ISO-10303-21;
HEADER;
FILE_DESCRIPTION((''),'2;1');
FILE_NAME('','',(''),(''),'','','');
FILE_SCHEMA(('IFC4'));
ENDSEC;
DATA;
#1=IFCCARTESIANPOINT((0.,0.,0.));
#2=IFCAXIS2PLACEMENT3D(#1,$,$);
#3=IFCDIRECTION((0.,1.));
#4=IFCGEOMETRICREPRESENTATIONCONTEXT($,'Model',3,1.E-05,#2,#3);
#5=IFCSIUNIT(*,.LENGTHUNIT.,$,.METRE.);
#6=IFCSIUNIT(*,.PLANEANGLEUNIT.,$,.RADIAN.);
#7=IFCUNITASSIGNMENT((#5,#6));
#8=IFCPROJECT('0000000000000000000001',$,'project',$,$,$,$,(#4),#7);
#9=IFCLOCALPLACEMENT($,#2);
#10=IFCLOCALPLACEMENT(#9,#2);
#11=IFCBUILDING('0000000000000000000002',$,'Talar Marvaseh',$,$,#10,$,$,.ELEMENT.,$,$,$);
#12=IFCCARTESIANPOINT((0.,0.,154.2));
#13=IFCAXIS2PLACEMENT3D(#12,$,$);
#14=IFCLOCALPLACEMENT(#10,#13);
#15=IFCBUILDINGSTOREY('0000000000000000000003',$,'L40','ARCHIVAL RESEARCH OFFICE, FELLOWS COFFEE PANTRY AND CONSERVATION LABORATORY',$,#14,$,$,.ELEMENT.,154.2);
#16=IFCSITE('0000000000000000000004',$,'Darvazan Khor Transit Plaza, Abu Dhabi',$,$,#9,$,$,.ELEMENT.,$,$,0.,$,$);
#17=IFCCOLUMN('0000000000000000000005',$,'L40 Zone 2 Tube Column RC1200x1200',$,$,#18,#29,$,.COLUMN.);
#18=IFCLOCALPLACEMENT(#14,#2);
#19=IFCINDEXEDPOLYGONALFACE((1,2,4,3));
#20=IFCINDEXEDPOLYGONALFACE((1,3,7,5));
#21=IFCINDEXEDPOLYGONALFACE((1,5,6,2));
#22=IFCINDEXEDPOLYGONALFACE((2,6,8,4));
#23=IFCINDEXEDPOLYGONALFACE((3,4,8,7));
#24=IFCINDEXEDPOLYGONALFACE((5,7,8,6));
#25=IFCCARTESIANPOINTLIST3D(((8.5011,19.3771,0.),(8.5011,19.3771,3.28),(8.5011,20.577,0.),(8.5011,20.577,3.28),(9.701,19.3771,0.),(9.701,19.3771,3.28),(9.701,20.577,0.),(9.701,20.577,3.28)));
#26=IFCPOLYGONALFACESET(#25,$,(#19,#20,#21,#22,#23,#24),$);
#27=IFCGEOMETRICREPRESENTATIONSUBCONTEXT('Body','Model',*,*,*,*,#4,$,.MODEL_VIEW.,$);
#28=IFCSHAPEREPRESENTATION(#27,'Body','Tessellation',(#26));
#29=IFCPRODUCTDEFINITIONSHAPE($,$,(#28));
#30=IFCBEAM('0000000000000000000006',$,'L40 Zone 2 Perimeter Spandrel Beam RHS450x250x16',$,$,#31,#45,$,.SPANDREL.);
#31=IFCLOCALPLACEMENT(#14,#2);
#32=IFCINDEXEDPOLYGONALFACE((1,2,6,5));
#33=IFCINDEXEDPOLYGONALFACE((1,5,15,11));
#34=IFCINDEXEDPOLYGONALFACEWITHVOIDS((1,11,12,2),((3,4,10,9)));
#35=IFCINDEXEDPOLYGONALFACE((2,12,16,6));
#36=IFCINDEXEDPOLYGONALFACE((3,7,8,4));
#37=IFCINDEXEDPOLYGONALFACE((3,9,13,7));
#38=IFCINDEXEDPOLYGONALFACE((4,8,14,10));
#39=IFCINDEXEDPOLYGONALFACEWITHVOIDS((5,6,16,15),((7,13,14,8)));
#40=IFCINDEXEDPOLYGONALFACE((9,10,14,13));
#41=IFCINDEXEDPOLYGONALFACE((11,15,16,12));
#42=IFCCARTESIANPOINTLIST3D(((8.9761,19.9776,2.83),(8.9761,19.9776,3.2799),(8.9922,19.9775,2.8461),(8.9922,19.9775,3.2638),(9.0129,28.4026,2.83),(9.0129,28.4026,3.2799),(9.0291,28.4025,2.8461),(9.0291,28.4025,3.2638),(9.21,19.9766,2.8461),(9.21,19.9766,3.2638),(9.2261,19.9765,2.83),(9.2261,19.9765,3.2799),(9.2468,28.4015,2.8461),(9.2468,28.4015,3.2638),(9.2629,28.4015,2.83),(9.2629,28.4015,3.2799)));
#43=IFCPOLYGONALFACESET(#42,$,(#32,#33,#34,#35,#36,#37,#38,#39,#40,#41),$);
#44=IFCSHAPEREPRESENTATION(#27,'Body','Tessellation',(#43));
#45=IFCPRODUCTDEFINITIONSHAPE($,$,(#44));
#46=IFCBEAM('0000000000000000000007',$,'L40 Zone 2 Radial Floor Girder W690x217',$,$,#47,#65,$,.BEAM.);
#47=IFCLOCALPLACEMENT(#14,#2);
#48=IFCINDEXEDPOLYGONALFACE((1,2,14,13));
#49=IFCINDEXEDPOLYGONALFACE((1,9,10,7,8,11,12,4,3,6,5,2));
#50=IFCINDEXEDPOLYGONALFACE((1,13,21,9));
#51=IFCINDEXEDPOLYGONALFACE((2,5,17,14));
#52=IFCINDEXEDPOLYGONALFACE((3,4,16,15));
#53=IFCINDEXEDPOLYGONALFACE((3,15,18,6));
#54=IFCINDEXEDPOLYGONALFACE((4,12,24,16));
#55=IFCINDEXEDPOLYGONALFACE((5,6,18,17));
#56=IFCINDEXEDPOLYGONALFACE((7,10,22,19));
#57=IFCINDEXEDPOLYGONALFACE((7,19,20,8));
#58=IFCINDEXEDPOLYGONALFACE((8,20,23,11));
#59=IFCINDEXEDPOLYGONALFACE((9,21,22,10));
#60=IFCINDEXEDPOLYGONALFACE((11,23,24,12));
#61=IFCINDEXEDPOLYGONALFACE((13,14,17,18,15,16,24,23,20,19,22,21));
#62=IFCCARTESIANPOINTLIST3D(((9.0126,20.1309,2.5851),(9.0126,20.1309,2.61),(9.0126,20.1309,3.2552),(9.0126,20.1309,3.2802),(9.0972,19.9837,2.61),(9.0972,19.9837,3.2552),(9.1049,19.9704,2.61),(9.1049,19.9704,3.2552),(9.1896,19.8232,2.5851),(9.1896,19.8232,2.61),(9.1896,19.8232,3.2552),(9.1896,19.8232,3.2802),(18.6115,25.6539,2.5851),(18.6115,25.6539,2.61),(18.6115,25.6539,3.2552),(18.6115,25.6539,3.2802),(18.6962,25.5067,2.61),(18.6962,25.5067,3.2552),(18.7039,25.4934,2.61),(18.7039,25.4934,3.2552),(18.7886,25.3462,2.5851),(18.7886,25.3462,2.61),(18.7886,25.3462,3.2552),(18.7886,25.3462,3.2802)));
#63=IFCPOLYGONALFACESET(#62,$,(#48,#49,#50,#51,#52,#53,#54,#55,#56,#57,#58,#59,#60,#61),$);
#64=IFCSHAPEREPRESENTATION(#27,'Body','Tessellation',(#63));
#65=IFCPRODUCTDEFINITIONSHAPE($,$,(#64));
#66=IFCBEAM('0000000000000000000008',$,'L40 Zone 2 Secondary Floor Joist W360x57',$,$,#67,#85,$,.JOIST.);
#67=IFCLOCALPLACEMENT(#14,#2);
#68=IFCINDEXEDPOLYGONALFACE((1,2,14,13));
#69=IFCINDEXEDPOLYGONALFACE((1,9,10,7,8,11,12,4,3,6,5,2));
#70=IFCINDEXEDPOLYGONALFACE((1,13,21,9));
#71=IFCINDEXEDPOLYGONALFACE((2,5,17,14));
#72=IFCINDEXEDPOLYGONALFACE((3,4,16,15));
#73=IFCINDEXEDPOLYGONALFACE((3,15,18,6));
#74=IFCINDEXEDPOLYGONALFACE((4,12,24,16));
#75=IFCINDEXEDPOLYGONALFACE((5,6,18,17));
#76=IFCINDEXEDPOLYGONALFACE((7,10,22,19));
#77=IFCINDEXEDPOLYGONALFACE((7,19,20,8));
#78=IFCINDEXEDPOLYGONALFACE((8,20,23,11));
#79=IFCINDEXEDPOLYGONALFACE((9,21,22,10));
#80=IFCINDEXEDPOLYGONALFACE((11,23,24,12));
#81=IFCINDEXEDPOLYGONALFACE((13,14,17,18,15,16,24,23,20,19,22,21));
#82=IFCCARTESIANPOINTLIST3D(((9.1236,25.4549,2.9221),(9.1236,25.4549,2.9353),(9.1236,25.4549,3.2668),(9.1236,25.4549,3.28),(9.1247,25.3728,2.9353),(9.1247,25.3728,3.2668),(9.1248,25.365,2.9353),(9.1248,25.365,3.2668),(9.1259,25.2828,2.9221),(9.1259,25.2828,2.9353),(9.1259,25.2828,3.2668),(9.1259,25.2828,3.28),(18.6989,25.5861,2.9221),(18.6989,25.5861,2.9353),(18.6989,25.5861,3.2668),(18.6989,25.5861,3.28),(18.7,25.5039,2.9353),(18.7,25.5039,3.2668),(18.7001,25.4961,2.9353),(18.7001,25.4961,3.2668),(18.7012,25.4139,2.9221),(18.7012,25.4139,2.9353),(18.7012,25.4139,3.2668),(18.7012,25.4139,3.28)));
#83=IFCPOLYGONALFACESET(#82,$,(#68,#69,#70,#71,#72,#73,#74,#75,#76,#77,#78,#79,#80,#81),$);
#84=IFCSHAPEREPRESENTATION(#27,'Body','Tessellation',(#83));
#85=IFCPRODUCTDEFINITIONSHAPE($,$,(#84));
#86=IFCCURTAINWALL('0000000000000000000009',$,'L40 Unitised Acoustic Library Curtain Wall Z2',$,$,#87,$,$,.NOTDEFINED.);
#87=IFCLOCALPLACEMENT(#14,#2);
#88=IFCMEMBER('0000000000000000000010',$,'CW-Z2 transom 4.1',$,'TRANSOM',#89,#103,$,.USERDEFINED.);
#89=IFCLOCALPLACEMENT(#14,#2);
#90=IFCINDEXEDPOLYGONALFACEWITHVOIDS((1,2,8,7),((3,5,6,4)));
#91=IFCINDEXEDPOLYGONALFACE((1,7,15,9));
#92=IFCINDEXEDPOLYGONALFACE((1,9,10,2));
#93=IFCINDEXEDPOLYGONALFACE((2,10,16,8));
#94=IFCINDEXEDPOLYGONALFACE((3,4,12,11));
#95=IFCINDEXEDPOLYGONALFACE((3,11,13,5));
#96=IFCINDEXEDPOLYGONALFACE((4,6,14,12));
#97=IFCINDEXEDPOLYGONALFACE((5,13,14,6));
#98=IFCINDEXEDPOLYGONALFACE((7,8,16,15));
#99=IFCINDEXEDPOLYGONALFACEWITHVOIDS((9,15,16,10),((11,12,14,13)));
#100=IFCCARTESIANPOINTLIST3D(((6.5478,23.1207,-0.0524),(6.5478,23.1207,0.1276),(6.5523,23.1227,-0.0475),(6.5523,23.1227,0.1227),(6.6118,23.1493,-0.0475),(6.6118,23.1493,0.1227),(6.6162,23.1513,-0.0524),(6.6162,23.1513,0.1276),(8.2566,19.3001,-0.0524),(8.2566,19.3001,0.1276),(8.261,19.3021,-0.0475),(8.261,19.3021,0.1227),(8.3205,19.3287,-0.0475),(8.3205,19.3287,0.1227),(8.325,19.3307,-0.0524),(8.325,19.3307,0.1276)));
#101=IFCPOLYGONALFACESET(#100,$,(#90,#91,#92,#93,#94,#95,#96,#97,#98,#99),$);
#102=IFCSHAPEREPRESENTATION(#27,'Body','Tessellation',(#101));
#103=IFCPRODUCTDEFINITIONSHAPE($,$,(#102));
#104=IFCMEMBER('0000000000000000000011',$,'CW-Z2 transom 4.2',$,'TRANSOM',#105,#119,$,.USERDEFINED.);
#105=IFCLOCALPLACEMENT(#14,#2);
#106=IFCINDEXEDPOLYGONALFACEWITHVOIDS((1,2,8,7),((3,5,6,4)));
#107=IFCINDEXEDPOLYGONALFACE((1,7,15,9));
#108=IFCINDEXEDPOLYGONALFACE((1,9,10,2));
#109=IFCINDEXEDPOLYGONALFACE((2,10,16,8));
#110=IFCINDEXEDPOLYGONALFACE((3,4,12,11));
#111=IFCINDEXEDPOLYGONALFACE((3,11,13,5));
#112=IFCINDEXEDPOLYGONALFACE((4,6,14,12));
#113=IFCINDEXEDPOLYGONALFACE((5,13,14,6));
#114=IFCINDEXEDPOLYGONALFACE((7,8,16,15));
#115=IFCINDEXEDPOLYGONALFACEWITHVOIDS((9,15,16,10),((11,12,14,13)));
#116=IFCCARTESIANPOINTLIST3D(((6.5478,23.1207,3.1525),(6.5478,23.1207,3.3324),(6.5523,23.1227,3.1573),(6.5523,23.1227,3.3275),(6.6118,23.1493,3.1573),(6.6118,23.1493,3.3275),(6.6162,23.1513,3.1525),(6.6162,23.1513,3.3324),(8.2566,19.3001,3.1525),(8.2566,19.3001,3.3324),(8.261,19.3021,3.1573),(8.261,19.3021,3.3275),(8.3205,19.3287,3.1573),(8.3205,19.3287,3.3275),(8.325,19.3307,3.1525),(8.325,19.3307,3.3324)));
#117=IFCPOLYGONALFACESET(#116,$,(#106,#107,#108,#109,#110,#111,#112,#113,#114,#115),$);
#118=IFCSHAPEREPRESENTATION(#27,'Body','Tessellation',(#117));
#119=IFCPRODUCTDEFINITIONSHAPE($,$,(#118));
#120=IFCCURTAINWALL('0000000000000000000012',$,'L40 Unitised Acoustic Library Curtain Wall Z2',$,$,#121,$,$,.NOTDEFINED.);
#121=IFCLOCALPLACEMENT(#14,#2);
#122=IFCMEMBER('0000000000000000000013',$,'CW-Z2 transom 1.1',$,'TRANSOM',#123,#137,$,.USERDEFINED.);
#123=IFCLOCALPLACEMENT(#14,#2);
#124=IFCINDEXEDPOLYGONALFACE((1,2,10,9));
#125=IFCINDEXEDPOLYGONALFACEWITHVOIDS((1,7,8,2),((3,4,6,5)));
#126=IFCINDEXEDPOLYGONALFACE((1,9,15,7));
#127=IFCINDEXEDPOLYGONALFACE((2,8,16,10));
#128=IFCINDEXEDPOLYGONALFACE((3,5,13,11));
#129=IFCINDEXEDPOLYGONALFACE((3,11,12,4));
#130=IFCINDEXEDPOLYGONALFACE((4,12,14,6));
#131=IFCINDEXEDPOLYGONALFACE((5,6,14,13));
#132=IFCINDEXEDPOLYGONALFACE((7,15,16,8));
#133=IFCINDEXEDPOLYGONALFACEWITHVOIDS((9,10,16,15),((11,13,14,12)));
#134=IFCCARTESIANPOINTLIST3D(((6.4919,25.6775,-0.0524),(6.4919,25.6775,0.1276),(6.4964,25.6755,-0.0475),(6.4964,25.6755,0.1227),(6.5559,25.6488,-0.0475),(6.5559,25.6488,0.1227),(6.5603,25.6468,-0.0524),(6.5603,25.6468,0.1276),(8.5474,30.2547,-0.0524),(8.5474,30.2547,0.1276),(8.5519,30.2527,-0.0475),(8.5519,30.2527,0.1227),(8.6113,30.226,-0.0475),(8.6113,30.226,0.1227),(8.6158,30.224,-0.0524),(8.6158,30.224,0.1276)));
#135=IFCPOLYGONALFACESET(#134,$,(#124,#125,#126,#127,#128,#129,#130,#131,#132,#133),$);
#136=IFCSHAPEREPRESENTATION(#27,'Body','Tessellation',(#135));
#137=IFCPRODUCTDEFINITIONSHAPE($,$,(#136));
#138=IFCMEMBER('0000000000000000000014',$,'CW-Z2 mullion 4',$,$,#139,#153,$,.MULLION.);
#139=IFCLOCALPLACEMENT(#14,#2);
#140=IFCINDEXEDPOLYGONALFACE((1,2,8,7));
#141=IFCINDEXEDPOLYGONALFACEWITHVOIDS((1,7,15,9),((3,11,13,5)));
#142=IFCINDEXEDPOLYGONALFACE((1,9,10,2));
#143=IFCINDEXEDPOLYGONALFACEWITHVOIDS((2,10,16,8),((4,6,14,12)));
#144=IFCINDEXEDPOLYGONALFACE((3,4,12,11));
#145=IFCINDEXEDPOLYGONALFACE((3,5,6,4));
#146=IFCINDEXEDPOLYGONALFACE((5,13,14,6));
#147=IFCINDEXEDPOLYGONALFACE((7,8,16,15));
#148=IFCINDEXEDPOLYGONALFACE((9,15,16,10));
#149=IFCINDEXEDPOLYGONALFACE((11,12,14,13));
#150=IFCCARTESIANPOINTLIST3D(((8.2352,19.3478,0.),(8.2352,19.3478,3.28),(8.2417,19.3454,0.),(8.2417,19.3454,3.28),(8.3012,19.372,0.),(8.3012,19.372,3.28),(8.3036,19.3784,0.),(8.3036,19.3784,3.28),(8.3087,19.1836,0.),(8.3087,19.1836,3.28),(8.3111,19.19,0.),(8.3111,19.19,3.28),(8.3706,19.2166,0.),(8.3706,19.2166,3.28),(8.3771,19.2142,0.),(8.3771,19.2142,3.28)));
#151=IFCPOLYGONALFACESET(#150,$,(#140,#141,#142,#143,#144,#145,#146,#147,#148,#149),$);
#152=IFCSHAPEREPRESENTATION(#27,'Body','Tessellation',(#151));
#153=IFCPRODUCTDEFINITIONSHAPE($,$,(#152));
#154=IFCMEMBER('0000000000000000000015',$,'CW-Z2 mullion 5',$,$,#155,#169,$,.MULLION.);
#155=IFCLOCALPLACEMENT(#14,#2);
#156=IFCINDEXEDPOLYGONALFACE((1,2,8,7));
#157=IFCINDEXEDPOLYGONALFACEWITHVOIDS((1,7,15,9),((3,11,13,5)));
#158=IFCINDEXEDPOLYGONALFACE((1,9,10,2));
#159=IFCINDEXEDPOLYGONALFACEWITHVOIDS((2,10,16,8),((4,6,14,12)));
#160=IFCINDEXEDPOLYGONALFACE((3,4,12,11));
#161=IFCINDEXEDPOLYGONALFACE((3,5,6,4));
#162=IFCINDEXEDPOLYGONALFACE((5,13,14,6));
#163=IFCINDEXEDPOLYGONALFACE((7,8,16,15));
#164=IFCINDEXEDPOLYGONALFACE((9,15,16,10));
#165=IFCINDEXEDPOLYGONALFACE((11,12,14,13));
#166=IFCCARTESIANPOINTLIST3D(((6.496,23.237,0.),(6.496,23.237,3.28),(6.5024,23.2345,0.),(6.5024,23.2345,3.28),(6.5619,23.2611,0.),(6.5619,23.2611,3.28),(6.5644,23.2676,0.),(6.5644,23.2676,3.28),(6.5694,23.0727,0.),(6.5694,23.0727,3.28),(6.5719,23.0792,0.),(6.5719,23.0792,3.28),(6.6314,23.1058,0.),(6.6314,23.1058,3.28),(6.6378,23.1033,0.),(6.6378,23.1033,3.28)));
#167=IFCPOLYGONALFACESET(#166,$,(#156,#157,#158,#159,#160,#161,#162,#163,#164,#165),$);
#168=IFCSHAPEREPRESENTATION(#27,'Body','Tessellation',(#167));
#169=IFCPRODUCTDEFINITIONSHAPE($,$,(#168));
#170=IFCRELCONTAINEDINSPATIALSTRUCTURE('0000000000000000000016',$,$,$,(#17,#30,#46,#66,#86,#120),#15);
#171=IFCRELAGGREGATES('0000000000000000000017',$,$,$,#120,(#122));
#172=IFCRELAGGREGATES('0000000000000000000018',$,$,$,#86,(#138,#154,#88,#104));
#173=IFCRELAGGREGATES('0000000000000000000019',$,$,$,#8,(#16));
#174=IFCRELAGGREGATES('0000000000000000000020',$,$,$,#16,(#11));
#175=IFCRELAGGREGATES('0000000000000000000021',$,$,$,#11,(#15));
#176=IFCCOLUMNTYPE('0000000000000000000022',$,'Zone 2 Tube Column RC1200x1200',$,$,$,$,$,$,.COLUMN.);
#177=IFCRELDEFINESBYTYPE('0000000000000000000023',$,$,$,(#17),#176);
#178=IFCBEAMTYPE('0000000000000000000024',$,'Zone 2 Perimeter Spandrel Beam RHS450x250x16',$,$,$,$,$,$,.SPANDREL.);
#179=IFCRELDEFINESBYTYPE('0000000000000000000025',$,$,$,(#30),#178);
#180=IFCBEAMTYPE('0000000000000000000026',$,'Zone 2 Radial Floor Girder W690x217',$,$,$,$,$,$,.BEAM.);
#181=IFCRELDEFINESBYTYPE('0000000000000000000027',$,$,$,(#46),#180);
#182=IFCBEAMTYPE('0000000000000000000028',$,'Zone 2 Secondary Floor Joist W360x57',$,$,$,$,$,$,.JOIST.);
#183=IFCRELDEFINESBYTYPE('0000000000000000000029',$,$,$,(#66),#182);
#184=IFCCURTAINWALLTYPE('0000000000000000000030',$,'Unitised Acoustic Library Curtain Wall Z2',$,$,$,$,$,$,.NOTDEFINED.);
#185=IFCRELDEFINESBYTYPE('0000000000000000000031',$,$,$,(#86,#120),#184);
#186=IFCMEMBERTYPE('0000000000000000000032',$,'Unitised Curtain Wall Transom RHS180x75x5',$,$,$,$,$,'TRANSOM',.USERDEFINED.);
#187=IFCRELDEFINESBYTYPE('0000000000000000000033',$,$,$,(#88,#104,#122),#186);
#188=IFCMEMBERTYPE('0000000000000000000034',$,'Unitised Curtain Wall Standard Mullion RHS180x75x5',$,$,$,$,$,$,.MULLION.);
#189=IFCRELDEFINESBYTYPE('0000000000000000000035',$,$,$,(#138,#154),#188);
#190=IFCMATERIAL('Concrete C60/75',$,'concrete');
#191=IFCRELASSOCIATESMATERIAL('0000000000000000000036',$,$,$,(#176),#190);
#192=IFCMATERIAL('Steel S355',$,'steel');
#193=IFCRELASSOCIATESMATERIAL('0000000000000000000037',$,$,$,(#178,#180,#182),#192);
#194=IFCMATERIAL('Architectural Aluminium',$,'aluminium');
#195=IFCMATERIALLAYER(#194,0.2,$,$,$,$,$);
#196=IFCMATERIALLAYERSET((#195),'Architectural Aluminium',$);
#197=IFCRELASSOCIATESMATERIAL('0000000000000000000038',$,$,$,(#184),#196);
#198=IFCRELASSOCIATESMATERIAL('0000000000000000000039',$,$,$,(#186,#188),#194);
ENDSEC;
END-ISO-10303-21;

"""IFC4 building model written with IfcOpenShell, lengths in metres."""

from ifc_helpers import new_model, si_unit, direction, frame, origin, origin_2d, place, context, subcontext, project, spatial, rectangle, hollow_rectangle, i_section, extrude, source, transform, mapped, material, layer, layer_set, material_profile, profile_set, type_object, type_shapes, element, aggregate, save


model = new_model("IFC4")

# Units and contexts
model_context = context("Model", 3, precision=1e-05, world=origin(), true_north=direction((0.0, 1.0)))
body_context = subcontext(model_context, "Body", "Model", "MODEL_VIEW")
ifc_project = project(units=[si_unit("LENGTHUNIT", "METRE"), si_unit("PLANEANGLEUNIT", "RADIAN")], contexts=[model_context])

# Site, building, storey
site_placement = place(None, origin())
site = spatial("IfcSite", under=ifc_project, at=site_placement, Name="Darvazan Khor Transit Plaza, Abu Dhabi", CompositionType="ELEMENT", RefElevation=0.0)
building_placement = place(site_placement, origin())
building = spatial("IfcBuilding", under=site, at=building_placement, Name="Talar Marvaseh", CompositionType="ELEMENT")
storey_placement = place(building_placement, frame((0.0, 0.0, 154.2)))
storey = spatial("IfcBuildingStorey", under=building, at=storey_placement, Name="L40", Description="ARCHIVAL RESEARCH OFFICE, FELLOWS COFFEE PANTRY AND CONSERVATION LABORATORY", CompositionType="ELEMENT", Elevation=154.2)

# Column
ifc_material_1 = material(Name="Concrete C60/75", Category="concrete")
ifc_material_profile_1 = material_profile(ifc_material_1, rectangle(XDim=1.2, YDim=1.2, at=origin_2d()), Name="RC1200x1200")
ifc_profile_set_1 = profile_set([ifc_material_profile_1], Name="Concrete C60/75")
column_type = type_object("IfcColumnType", Name="Zone 2 Tube Column RC1200x1200", PredefinedType="COLUMN", material=ifc_profile_set_1)
column_placement = place(storey_placement, frame((9.1011, 19.9771, 0.0), z_axis=(0.0, 0.0, 1.0), x_axis=(1.0, 0.0, 0.0)))
element("IfcColumn", 1, at=column_placement, inside=storey, type_object=column_type, Name="L40 Zone 2 Tube Column RC1200x1200", PredefinedType="COLUMN", context=body_context, shape_type="SweptSolid", body=[
    extrude(rectangle(XDim=1.2, YDim=1.2, at=origin_2d()), origin(), (0.0, 0.0, 1.0), 3.28),
])

# Beams
ifc_material_2 = material(Name="Steel S355", Category="steel")
ifc_material_profile_2 = material_profile(ifc_material_2, hollow_rectangle(XDim=0.25, YDim=0.45, WallThickness=0.0161, at=origin_2d()), Name="RHS450x250x16")
ifc_profile_set_2 = profile_set([ifc_material_profile_2], Name="Steel S355")
beam_type_1 = type_object("IfcBeamType", Name="Zone 2 Perimeter Spandrel Beam RHS450x250x16", PredefinedType="SPANDREL", material=ifc_profile_set_2)
beam_1_placement = place(storey_placement, frame((9.1011, 19.9771, 3.0549), z_axis=(0.004376, 0.99999, 0.0), x_axis=(-0.99999, 0.004376, 0.0)))
element("IfcBeam", 2, at=beam_1_placement, inside=storey, type_object=beam_type_1, Name="L40 Zone 2 Perimeter Spandrel Beam RHS450x250x16", PredefinedType="SPANDREL", context=body_context, shape_type="SweptSolid", body=[
    extrude(hollow_rectangle(XDim=0.25, YDim=0.45, WallThickness=0.0161, at=origin_2d()), origin(), (0.0, 0.0, 1.0), 8.425),
])
ifc_material_profile_3 = material_profile(ifc_material_2, i_section(OverallWidth=0.355, OverallDepth=0.6951, WebThickness=0.0154, FlangeThickness=0.0249, at=origin_2d()), Name="W690x217")
ifc_profile_set_3 = profile_set([ifc_material_profile_3], Name="Steel S355")
beam_type_2 = type_object("IfcBeamType", Name="Zone 2 Radial Floor Girder W690x217", PredefinedType="BEAM", material=ifc_profile_set_3)
beam_2_placement = place(storey_placement, frame((9.1011, 19.9771, 2.9326), z_axis=(0.866766, 0.498715, 0.0), x_axis=(-0.498715, 0.866766, 0.0)))
element("IfcBeam", 3, at=beam_2_placement, inside=storey, type_object=beam_type_2, Name="L40 Zone 2 Radial Floor Girder W690x217", PredefinedType="BEAM", context=body_context, shape_type="SweptSolid", body=[
    extrude(i_section(OverallWidth=0.355, OverallDepth=0.6951, WebThickness=0.0154, FlangeThickness=0.0249, at=origin_2d()), origin(), (0.0, 0.0, 1.0), 11.0745),
])
ifc_material_profile_4 = material_profile(ifc_material_2, i_section(OverallWidth=0.1721, OverallDepth=0.3579, WebThickness=0.0078, FlangeThickness=0.0132, at=origin_2d()), Name="W360x57")
ifc_profile_set_4 = profile_set([ifc_material_profile_4], Name="Steel S355")
beam_type_3 = type_object("IfcBeamType", Name="Zone 2 Secondary Floor Joist W360x57", PredefinedType="JOIST", material=ifc_profile_set_4)
beam_3_placement = place(storey_placement, frame((9.1248, 25.3689, 3.1011), z_axis=(0.999906, 0.013691, 0.0), x_axis=(-0.013691, 0.999906, 0.0)))
element("IfcBeam", 4, at=beam_3_placement, inside=storey, type_object=beam_type_3, Name="L40 Zone 2 Secondary Floor Joist W360x57", PredefinedType="JOIST", context=body_context, shape_type="SweptSolid", body=[
    extrude(i_section(OverallWidth=0.1721, OverallDepth=0.3579, WebThickness=0.0078, FlangeThickness=0.0132, at=origin_2d()), origin(), (0.0, 0.0, 1.0), 9.5762),
])

# Curtain wall, members
ifc_material_3 = material(Name="Architectural Aluminium", Category="aluminium")
ifc_layer_1 = layer(ifc_material_3, 0.2)
ifc_layer_set_1 = layer_set([ifc_layer_1], Name="Architectural Aluminium")
curtain_wall_type = type_object("IfcCurtainWallType", Name="Unitised Acoustic Library Curtain Wall Z2", PredefinedType="NOTDEFINED", material=ifc_layer_set_1)
curtain_wall_1_placement = place(storey_placement, origin())
curtain_wall_1 = element("IfcCurtainWall", 5, at=curtain_wall_1_placement, inside=storey, type_object=curtain_wall_type, Name="L40 Unitised Acoustic Library Curtain Wall Z2", PredefinedType="NOTDEFINED")
ifc_material_profile_5 = material_profile(ifc_material_3, hollow_rectangle(XDim=0.075, YDim=0.1799, WallThickness=0.0049, at=origin_2d()), Name="RHS180x75x5")
ifc_profile_set_5 = profile_set([ifc_material_profile_5], Name="Architectural Aluminium")
member_type_1 = type_object("IfcMemberType", Name="Unitised Curtain Wall Transom RHS180x75x5", ElementType="TRANSOM", PredefinedType="USERDEFINED", material=ifc_profile_set_5)
shared_shape_1 = source(origin(), body_context, "Body", "SweptSolid", [
    extrude(hollow_rectangle(XDim=0.075, YDim=0.1799, WallThickness=0.0049, at=origin_2d()), origin(), (0.0, 0.0, 1.0), 4.1853),
])
member_1_placement = place(storey_placement, frame((8.2908, 19.3154, 0.0376), z_axis=(-0.408275, 0.912859, 0.0), x_axis=(-0.912859, -0.408275, 0.0)))
member_1 = element("IfcMember", 6, at=member_1_placement, type_object=member_type_1, Name="CW-Z2 transom 4.1", ObjectType="TRANSOM", PredefinedType="USERDEFINED", context=body_context, shape_type="MappedRepresentation", body=[
    mapped(shared_shape_1, transform((0.0, 0.0, 0.0), x_axis=(1.0, 0.0, 0.0), y_axis=(0.0, 1.0, 0.0), z_axis=(0.0, 0.0, 1.0), scale=1.0)),
])
member_2_placement = place(storey_placement, frame((8.2908, 19.3154, 3.2424), z_axis=(-0.408275, 0.912859, 0.0), x_axis=(-0.912859, -0.408275, 0.0)))
member_2 = element("IfcMember", 7, at=member_2_placement, type_object=member_type_1, Name="CW-Z2 transom 4.2", ObjectType="TRANSOM", PredefinedType="USERDEFINED", context=body_context, shape_type="MappedRepresentation", body=[
    mapped(shared_shape_1, transform((0.0, 0.0, 0.0), x_axis=(1.0, 0.0, 0.0), y_axis=(0.0, 1.0, 0.0), z_axis=(0.0, 0.0, 1.0), scale=1.0)),
])

# Curtain wall, member
curtain_wall_2_placement = place(storey_placement, origin())
curtain_wall_2 = element("IfcCurtainWall", 8, at=curtain_wall_2_placement, inside=storey, type_object=curtain_wall_type, Name="L40 Unitised Acoustic Library Curtain Wall Z2", PredefinedType="NOTDEFINED")
shared_shape_2 = source(origin(), body_context, "Body", "SweptSolid", [
    extrude(hollow_rectangle(XDim=0.075, YDim=0.1799, WallThickness=0.0049, at=origin_2d()), origin(), (0.0, 0.0, 1.0), 5.0176),
])
type_shapes(member_type_1, [shared_shape_1, shared_shape_2])
member_3_placement = place(storey_placement, frame((6.5261, 25.6621, 0.0376), z_axis=(0.409652, 0.912242, 0.0), x_axis=(-0.912242, 0.409652, 0.0)))
member_3 = element("IfcMember", 9, at=member_3_placement, type_object=member_type_1, Name="CW-Z2 transom 1.1", ObjectType="TRANSOM", PredefinedType="USERDEFINED", context=body_context, shape_type="MappedRepresentation", body=[
    mapped(shared_shape_2, transform((0.0, 0.0, 0.0), x_axis=(1.0, 0.0, 0.0), y_axis=(0.0, 1.0, 0.0), z_axis=(0.0, 0.0, 1.0), scale=1.0)),
])

# Members
ifc_material_profile_6 = material_profile(ifc_material_3, hollow_rectangle(XDim=0.075, YDim=0.1799, WallThickness=0.0049, at=origin_2d()), Name="RHS180x75x5")
ifc_profile_set_6 = profile_set([ifc_material_profile_6], Name="Architectural Aluminium")
member_type_2 = type_object("IfcMemberType", Name="Unitised Curtain Wall Standard Mullion RHS180x75x5", PredefinedType="MULLION", material=ifc_profile_set_6)
shared_shape_3 = source(origin(), body_context, "Body", "SweptSolid", [
    extrude(hollow_rectangle(XDim=0.075, YDim=0.1799, WallThickness=0.0049, at=origin_2d()), origin(), (0.0, 0.0, 1.0), 3.28),
])
type_shapes(member_type_2, [shared_shape_3])
member_4_placement = place(storey_placement, frame((8.3062, 19.281, 0.0), z_axis=(0.0, 0.0, 1.0), x_axis=(-0.912861, -0.40827, 0.0)))
member_4 = element("IfcMember", 10, at=member_4_placement, type_object=member_type_2, Name="CW-Z2 mullion 4", PredefinedType="MULLION", context=body_context, shape_type="MappedRepresentation", body=[
    mapped(shared_shape_3, transform((0.0, 0.0, 0.0), x_axis=(1.0, 0.0, 0.0), y_axis=(0.0, 1.0, 0.0), z_axis=(0.0, 0.0, 1.0), scale=1.0)),
])
member_5_placement = place(storey_placement, frame((6.5669, 23.1702, 0.0), z_axis=(0.0, 0.0, 1.0), x_axis=(-0.912861, -0.40827, 0.0)))
member_5 = element("IfcMember", 11, at=member_5_placement, type_object=member_type_2, Name="CW-Z2 mullion 5", PredefinedType="MULLION", context=body_context, shape_type="MappedRepresentation", body=[
    mapped(shared_shape_3, transform((0.0, 0.0, 0.0), x_axis=(1.0, 0.0, 0.0), y_axis=(0.0, 1.0, 0.0), z_axis=(0.0, 0.0, 1.0), scale=1.0)),
])
aggregate(curtain_wall_2, [member_3])

aggregate(curtain_wall_1, [member_4, member_5, member_1, member_2])

save(model, "model.ifc")
